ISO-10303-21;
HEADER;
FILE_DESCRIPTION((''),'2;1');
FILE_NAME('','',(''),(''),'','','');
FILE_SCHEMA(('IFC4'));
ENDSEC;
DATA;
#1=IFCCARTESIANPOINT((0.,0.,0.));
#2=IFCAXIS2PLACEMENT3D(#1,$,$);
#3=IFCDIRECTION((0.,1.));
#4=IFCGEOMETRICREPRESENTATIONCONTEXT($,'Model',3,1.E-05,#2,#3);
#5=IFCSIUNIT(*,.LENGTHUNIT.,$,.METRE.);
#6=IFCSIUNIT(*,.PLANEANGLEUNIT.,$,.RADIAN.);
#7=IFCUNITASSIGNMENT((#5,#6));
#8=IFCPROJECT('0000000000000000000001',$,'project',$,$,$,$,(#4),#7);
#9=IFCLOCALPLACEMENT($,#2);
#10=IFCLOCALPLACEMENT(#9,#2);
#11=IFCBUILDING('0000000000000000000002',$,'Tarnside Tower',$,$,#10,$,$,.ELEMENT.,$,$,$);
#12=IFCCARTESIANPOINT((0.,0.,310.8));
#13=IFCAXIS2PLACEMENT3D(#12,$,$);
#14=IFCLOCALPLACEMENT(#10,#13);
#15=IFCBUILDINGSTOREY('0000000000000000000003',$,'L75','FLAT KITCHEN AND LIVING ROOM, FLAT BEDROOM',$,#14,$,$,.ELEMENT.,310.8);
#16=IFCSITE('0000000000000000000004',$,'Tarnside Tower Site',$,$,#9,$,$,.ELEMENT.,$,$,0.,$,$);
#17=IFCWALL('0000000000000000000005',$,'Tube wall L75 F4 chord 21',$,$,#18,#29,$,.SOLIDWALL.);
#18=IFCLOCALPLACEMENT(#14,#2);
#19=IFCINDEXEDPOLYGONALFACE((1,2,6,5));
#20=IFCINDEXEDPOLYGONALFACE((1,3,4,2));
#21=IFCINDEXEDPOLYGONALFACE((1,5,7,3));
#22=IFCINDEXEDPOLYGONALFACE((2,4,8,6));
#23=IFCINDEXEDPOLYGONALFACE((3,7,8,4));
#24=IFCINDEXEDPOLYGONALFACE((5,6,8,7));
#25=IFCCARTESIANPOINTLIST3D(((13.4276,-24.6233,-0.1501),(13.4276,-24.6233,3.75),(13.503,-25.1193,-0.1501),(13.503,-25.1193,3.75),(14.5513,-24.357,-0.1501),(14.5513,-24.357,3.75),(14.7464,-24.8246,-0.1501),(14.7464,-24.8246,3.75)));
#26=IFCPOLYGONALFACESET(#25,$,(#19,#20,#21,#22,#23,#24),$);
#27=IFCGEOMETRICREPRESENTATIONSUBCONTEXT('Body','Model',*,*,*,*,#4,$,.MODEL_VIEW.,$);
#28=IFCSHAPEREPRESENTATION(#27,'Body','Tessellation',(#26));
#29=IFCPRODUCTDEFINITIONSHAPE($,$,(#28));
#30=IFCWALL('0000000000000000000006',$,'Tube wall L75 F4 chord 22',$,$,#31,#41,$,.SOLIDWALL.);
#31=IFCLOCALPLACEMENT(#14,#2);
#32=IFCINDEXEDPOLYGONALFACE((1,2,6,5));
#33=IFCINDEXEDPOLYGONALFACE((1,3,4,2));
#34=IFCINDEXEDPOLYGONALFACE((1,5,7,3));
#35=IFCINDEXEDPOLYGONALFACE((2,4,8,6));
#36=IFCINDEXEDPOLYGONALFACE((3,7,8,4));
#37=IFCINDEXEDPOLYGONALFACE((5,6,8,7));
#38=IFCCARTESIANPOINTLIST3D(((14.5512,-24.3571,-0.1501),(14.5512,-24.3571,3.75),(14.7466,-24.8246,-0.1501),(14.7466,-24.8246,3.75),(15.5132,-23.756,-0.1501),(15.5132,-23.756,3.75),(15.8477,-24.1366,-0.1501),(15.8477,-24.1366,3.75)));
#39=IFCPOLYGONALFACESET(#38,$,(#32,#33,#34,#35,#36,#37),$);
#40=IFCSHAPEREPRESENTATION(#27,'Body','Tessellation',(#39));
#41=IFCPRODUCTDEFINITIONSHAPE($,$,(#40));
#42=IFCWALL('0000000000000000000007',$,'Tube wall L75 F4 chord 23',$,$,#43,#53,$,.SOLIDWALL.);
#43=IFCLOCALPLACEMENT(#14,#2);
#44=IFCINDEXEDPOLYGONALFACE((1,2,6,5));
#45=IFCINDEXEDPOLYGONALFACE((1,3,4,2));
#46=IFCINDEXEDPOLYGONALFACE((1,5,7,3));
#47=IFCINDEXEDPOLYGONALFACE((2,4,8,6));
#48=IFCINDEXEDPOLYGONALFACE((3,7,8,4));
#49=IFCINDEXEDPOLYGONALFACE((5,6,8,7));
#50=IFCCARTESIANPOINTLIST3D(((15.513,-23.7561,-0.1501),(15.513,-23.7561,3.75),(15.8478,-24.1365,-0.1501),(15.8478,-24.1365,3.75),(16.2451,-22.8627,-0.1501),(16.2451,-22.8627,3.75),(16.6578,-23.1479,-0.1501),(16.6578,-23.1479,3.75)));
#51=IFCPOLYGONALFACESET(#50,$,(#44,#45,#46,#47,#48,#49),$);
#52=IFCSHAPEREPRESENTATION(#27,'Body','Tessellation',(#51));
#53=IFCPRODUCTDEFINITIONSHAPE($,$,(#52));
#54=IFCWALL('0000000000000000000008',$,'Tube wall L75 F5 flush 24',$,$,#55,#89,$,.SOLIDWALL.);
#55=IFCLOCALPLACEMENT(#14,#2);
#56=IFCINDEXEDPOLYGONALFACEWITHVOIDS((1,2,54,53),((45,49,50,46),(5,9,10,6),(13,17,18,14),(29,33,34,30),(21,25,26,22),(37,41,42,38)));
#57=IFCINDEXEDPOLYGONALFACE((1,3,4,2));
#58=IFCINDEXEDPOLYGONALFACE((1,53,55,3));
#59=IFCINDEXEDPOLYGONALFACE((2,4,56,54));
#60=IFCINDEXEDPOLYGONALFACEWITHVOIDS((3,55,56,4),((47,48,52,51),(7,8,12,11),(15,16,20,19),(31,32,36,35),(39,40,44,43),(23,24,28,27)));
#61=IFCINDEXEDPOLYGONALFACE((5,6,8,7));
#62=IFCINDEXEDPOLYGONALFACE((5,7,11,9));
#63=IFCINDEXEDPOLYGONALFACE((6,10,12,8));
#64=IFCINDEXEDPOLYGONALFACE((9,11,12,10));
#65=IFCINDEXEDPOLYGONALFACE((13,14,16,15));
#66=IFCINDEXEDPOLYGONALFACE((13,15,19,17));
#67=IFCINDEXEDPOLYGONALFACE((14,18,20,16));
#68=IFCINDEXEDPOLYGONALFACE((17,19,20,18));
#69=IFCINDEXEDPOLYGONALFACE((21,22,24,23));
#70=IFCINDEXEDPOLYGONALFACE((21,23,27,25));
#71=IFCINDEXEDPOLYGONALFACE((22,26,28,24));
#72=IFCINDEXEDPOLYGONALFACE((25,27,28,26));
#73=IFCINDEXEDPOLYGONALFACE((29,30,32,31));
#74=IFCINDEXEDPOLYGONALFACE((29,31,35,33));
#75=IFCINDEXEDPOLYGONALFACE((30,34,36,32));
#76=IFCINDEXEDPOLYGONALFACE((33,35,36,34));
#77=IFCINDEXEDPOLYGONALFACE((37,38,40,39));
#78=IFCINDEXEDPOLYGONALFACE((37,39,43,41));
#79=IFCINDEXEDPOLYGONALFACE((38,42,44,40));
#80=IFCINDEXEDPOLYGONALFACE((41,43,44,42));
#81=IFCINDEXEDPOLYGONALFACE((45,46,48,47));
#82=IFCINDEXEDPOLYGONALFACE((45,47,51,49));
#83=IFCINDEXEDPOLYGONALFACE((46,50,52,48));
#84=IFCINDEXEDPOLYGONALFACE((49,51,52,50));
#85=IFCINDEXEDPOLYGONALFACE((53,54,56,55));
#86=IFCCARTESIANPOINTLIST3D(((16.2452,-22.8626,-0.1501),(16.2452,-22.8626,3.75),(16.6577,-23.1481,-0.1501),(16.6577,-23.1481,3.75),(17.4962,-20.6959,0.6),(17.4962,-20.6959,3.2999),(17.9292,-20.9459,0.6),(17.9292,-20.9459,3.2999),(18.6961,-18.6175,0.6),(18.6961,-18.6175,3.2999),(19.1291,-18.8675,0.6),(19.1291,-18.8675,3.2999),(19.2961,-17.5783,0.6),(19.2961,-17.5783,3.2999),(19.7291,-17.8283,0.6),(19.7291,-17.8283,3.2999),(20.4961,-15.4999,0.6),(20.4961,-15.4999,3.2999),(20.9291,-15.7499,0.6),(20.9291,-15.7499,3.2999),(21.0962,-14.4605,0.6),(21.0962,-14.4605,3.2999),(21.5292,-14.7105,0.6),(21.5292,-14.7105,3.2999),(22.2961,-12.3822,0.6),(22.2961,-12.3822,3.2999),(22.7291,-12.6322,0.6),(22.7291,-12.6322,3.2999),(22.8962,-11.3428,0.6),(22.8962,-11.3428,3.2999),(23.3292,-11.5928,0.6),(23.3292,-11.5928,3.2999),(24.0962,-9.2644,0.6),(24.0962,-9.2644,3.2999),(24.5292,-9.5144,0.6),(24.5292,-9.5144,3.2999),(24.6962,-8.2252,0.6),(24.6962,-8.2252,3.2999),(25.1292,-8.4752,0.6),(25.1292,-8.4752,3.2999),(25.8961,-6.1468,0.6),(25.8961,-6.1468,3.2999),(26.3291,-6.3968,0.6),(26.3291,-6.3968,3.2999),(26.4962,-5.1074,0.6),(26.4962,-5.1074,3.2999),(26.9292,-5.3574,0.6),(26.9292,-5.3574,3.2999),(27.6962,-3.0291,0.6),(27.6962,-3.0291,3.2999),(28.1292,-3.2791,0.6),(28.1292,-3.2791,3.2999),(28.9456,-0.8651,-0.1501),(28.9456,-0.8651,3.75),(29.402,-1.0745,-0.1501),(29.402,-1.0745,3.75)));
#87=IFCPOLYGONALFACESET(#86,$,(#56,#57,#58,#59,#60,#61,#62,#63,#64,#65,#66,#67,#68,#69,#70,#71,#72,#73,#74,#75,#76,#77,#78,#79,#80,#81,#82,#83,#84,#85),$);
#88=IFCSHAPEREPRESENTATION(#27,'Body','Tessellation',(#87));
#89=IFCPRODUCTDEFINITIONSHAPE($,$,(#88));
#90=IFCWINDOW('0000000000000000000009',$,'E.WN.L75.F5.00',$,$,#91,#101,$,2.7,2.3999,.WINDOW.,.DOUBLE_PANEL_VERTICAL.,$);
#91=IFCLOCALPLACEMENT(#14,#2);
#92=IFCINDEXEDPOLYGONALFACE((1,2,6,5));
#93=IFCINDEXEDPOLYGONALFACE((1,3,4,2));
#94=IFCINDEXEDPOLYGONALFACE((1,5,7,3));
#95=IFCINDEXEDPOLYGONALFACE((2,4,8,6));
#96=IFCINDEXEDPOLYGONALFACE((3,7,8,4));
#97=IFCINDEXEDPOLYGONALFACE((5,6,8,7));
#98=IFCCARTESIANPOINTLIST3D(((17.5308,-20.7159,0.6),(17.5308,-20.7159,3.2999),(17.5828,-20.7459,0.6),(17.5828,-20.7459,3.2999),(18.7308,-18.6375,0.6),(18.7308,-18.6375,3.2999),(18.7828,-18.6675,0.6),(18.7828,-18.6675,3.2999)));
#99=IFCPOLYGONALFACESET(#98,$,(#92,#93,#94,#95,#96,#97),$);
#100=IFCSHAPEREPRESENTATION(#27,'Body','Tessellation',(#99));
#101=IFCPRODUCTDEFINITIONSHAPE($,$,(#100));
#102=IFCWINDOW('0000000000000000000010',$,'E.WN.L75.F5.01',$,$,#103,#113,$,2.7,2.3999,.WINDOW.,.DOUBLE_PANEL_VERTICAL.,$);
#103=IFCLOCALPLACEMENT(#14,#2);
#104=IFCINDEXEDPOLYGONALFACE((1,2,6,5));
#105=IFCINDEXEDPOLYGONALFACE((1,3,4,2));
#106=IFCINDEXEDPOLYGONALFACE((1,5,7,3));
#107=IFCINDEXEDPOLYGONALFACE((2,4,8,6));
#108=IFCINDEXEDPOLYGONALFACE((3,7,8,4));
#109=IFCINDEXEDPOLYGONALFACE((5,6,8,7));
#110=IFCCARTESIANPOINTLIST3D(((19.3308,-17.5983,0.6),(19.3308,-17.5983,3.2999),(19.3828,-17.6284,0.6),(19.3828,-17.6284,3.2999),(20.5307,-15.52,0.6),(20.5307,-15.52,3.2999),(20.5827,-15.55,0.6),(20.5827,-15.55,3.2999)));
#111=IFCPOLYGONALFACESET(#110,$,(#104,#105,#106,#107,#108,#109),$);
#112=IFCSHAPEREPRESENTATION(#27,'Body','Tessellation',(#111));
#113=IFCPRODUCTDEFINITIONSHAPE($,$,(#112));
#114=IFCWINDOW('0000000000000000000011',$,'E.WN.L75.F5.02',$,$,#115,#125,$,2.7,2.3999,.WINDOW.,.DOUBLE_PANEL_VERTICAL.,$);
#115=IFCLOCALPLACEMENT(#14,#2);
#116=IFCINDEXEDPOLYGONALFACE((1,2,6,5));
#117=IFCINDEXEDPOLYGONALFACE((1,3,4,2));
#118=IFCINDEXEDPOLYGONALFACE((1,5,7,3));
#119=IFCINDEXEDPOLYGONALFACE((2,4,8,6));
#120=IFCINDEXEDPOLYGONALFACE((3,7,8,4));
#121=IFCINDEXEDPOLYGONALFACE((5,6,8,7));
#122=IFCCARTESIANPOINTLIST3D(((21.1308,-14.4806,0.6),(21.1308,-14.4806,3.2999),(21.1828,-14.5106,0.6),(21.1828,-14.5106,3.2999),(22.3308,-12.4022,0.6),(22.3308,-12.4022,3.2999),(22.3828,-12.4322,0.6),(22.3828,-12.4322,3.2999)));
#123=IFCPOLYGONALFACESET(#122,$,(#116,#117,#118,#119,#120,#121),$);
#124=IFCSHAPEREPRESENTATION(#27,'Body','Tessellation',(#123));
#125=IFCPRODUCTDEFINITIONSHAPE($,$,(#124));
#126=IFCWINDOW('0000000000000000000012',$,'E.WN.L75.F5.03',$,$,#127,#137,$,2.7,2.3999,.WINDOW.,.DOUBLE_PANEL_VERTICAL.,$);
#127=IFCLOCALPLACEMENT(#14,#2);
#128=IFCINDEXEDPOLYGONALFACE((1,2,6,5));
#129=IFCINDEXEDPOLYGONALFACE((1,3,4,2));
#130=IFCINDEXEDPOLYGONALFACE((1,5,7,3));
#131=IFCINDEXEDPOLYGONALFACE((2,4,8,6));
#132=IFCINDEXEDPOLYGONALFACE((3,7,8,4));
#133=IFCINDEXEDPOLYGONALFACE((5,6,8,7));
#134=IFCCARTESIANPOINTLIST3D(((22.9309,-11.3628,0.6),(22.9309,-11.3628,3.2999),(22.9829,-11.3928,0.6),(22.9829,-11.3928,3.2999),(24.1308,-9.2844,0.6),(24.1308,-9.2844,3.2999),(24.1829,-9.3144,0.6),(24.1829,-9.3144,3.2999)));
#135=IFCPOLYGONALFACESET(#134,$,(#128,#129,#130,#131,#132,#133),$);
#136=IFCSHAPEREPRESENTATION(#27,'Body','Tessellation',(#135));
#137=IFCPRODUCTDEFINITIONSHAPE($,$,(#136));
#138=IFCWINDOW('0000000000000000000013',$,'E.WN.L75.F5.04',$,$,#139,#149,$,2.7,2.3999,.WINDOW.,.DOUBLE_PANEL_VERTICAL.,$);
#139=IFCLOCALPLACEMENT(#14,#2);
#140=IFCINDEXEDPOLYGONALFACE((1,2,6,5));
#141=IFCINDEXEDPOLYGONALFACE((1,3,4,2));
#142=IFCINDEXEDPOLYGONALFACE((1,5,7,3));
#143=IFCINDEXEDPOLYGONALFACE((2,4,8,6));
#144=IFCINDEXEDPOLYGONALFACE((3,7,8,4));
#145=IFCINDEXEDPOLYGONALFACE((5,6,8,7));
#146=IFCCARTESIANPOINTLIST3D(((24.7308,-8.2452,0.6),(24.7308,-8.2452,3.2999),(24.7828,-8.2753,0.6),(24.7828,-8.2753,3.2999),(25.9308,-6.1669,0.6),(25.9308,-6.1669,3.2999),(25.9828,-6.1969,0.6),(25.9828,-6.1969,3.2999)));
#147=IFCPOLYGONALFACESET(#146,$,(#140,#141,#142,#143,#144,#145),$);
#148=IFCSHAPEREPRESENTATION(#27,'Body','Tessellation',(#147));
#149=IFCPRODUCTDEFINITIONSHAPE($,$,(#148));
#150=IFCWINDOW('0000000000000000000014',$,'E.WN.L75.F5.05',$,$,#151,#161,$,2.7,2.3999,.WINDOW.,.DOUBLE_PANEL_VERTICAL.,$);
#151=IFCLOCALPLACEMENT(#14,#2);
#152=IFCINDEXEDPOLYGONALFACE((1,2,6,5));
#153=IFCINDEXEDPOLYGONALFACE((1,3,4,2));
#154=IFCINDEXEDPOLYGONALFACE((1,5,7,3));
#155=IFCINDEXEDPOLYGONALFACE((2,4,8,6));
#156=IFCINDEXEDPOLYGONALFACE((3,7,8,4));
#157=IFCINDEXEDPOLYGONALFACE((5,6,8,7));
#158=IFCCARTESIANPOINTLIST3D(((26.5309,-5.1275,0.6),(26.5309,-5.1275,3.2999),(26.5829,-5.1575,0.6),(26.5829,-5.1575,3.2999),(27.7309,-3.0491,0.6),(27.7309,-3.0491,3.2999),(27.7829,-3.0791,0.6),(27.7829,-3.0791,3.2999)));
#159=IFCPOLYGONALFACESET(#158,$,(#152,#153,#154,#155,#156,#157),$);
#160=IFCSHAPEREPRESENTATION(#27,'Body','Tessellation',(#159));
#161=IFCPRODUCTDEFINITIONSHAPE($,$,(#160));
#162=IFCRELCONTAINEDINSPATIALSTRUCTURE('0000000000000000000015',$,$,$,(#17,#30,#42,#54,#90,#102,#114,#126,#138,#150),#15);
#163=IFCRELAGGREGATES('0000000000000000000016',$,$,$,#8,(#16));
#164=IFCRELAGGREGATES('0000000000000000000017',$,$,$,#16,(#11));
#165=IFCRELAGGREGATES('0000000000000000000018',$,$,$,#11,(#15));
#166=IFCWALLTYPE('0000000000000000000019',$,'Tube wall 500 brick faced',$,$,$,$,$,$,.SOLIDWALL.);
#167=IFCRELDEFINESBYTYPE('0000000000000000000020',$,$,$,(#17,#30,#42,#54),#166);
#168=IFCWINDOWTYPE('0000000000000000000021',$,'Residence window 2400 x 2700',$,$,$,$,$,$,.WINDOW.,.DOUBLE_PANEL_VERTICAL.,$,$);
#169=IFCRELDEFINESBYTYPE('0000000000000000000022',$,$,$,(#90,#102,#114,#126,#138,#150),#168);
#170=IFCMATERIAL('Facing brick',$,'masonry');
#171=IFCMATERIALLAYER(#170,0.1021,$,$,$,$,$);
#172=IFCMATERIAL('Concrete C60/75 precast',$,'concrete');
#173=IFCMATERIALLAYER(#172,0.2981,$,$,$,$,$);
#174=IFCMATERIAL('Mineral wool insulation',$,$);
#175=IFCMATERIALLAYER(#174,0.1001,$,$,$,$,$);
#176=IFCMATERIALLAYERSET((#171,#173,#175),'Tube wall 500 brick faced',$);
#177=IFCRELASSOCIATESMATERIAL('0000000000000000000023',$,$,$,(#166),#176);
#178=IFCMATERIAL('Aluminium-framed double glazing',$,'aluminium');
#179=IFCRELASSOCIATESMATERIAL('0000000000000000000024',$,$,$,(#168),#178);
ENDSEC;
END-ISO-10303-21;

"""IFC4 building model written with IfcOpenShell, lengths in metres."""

from ifc_helpers import new_model, si_unit, direction, frame, frame_2d, origin, place, context, subcontext, project, spatial, polyline, rectangle, outline, extrude, material, layer, layer_set, type_object, element, fill, save


model = new_model("IFC4")

# Units and contexts
model_context = context("Model", 3, precision=1e-05, world=origin(), true_north=direction((0.0, 1.0)))
body_context = subcontext(model_context, "Body", "Model", "MODEL_VIEW")
ifc_project = project(units=[si_unit("LENGTHUNIT", "METRE"), si_unit("PLANEANGLEUNIT", "RADIAN")], contexts=[model_context])

# Site, building, storey
site_placement = place(None, origin())
site = spatial("IfcSite", under=ifc_project, at=site_placement, Name="Tarnside Tower Site", CompositionType="ELEMENT", RefElevation=0.0)
building_placement = place(site_placement, origin())
building = spatial("IfcBuilding", under=site, at=building_placement, Name="Tarnside Tower", CompositionType="ELEMENT")
storey_placement = place(building_placement, frame((0.0, 0.0, 310.8)))
storey = spatial("IfcBuildingStorey", under=building, at=storey_placement, Name="L75", Description="FLAT KITCHEN AND LIVING ROOM, FLAT BEDROOM", CompositionType="ELEMENT", Elevation=310.8)

# Walls
ifc_material_1 = material(Name="Facing brick", Category="masonry")
ifc_layer_1 = layer(ifc_material_1, 0.1021)
ifc_material_2 = material(Name="Concrete C60/75 precast", Category="concrete")
ifc_layer_2 = layer(ifc_material_2, 0.2981)
ifc_material_3 = material(Name="Mineral wool insulation")
ifc_layer_3 = layer(ifc_material_3, 0.1001)
ifc_layer_set_1 = layer_set([ifc_layer_1, ifc_layer_2, ifc_layer_3], Name="Tube wall 500 brick faced")
wall_type_1 = type_object("IfcWallType", Name="Tube wall 500 brick faced", PredefinedType="SOLIDWALL", material=ifc_layer_set_1)
wall_1_placement = place(storey_placement, frame((13.4653, -24.8713, -0.1501), z_axis=(0.0, 0.0, 1.0), x_axis=(0.973045, 0.230616, 0.0)))
element("IfcWall", 1, at=wall_1_placement, inside=storey, type_object=wall_type_1, Name="Tube wall L75 F4 chord 21", PredefinedType="SOLIDWALL", context=body_context, shape_type="SweptSolid", body=[
    extrude(outline(polyline([(-0.0205, -0.25), (1.2573, -0.25), (1.1753, 0.25), (0.0205, 0.25), (-0.0205, -0.25)])), origin(), (0.0, 0.0, 1.0), 3.9001),
])
wall_2_placement = place(storey_placement, frame((14.6489, -24.5908, -0.1501), z_axis=(0.0, 0.0, 1.0), x_axis=(0.848055, 0.529909, 0.0)))
element("IfcWall", 2, at=wall_2_placement, inside=storey, type_object=wall_type_1, Name="Tube wall L75 F4 chord 22", PredefinedType="SOLIDWALL", context=body_context, shape_type="SweptSolid", body=[
    extrude(outline(polyline([(-0.041, -0.25), (1.2573, -0.25), (1.1753, 0.25), (0.041, 0.25), (-0.041, -0.25)])), origin(), (0.0, 0.0, 1.0), 3.9001),
])
wall_3_placement = place(storey_placement, frame((15.6804, -23.9463, -0.1501), z_axis=(0.0, 0.0, 1.0), x_axis=(0.633806, 0.773492, 0.0)))
element("IfcWall", 3, at=wall_3_placement, inside=storey, type_object=wall_type_1, Name="Tube wall L75 F4 chord 23", PredefinedType="SOLIDWALL", context=body_context, shape_type="SweptSolid", body=[
    extrude(outline(polyline([(-0.041, -0.25), (1.2371, -0.25), (1.196, 0.25), (0.041, 0.25), (-0.041, -0.25)])), origin(), (0.0, 0.0, 1.0), 3.9001),
])

# Wall, openings, windows
wall_4_placement = place(storey_placement, frame((16.4514, -23.0054, -0.1501), z_axis=(0.0, 0.0, 1.0), x_axis=(0.500004, 0.866023, 0.0)))
wall_4 = element("IfcWall", 4, at=wall_4_placement, inside=storey, type_object=wall_type_1, Name="Tube wall L75 F5 flush 24", PredefinedType="SOLIDWALL", context=body_context, shape_type="SweptSolid", body=[
    extrude(outline(polyline([(-0.0205, -0.25), (25.468, -0.25), (25.4211, 0.25), (0.0205, 0.25), (-0.0205, -0.25)])), origin(), (0.0, 0.0, 1.0), 3.9001),
])
opening_1_placement = place(wall_4_placement, frame((2.5225, 0.0, 0.75)))
opening_1 = element("IfcOpeningElement", 5, at=opening_1_placement, cuts=wall_4, PredefinedType="OPENING", context=body_context, shape_type="SweptSolid", body=[
    extrude(rectangle(XDim=2.3999, YDim=2.7, at=frame_2d((1.2, 1.3501))), frame((0.0, 0.26, 0.0), z_axis=(0.0, -1.0, 0.0), x_axis=(1.0, 0.0, 0.0)), (0.0, 0.0, 1.0), 0.52),
])
opening_2_placement = place(wall_4_placement, frame((6.1223, 0.0, 0.75)))
opening_2 = element("IfcOpeningElement", 6, at=opening_2_placement, cuts=wall_4, PredefinedType="OPENING", context=body_context, shape_type="SweptSolid", body=[
    extrude(rectangle(XDim=2.3999, YDim=2.7, at=frame_2d((1.2, 1.3501))), frame((0.0, 0.26, 0.0), z_axis=(0.0, -1.0, 0.0), x_axis=(1.0, 0.0, 0.0)), (0.0, 0.0, 1.0), 0.52),
])
opening_3_placement = place(wall_4_placement, frame((9.7224, 0.0, 0.75)))
opening_3 = element("IfcOpeningElement", 7, at=opening_3_placement, cuts=wall_4, PredefinedType="OPENING", context=body_context, shape_type="SweptSolid", body=[
    extrude(rectangle(XDim=2.3999, YDim=2.7, at=frame_2d((1.2, 1.3501))), frame((0.0, 0.26, 0.0), z_axis=(0.0, -1.0, 0.0), x_axis=(1.0, 0.0, 0.0)), (0.0, 0.0, 1.0), 0.52),
])
opening_4_placement = place(wall_4_placement, frame((13.3225, 0.0, 0.75)))
opening_4 = element("IfcOpeningElement", 8, at=opening_4_placement, cuts=wall_4, PredefinedType="OPENING", context=body_context, shape_type="SweptSolid", body=[
    extrude(rectangle(XDim=2.3999, YDim=2.7, at=frame_2d((1.2, 1.3501))), frame((0.0, 0.26, 0.0), z_axis=(0.0, -1.0, 0.0), x_axis=(1.0, 0.0, 0.0)), (0.0, 0.0, 1.0), 0.52),
])
opening_5_placement = place(wall_4_placement, frame((16.9224, 0.0, 0.75)))
opening_5 = element("IfcOpeningElement", 9, at=opening_5_placement, cuts=wall_4, PredefinedType="OPENING", context=body_context, shape_type="SweptSolid", body=[
    extrude(rectangle(XDim=2.3999, YDim=2.7, at=frame_2d((1.2, 1.3501))), frame((0.0, 0.26, 0.0), z_axis=(0.0, -1.0, 0.0), x_axis=(1.0, 0.0, 0.0)), (0.0, 0.0, 1.0), 0.52),
])
opening_6_placement = place(wall_4_placement, frame((20.5225, 0.0, 0.75)))
opening_6 = element("IfcOpeningElement", 10, at=opening_6_placement, cuts=wall_4, PredefinedType="OPENING", context=body_context, shape_type="SweptSolid", body=[
    extrude(rectangle(XDim=2.3999, YDim=2.7, at=frame_2d((1.2, 1.3501))), frame((0.0, 0.26, 0.0), z_axis=(0.0, -1.0, 0.0), x_axis=(1.0, 0.0, 0.0)), (0.0, 0.0, 1.0), 0.52),
])
ifc_material_4 = material(Name="Aluminium-framed double glazing", Category="aluminium")
window_type = type_object("IfcWindowType", Name="Residence window 2400 x 2700", PartitioningType="DOUBLE_PANEL_VERTICAL", PredefinedType="WINDOW", material=ifc_material_4)
window_1_placement = place(opening_1_placement, frame((0.0, 0.1799, 0.0)))
window_1 = element("IfcWindow", 11, at=window_1_placement, inside=storey, type_object=window_type, Name="E.WN.L75.F5.00", OverallHeight=2.7, OverallWidth=2.3999, PartitioningType="DOUBLE_PANEL_VERTICAL", PredefinedType="WINDOW", context=body_context, shape_type="SweptSolid", body=[
    extrude(rectangle(XDim=2.3999, YDim=2.7, at=frame_2d((1.2, 1.3501))), frame((0.0, 0.03, 0.0), z_axis=(0.0, -1.0, 0.0), x_axis=(1.0, 0.0, 0.0)), (0.0, 0.0, 1.0), 0.0601),
])
fill(opening_1, window_1)
window_2_placement = place(opening_2_placement, frame((0.0, 0.1799, 0.0)))
window_2 = element("IfcWindow", 12, at=window_2_placement, inside=storey, type_object=window_type, Name="E.WN.L75.F5.01", OverallHeight=2.7, OverallWidth=2.3999, PartitioningType="DOUBLE_PANEL_VERTICAL", PredefinedType="WINDOW", context=body_context, shape_type="SweptSolid", body=[
    extrude(rectangle(XDim=2.3999, YDim=2.7, at=frame_2d((1.2, 1.3501))), frame((0.0, 0.03, 0.0), z_axis=(0.0, -1.0, 0.0), x_axis=(1.0, 0.0, 0.0)), (0.0, 0.0, 1.0), 0.0601),
])
fill(opening_2, window_2)
window_3_placement = place(opening_3_placement, frame((0.0, 0.1799, 0.0)))
window_3 = element("IfcWindow", 13, at=window_3_placement, inside=storey, type_object=window_type, Name="E.WN.L75.F5.02", OverallHeight=2.7, OverallWidth=2.3999, PartitioningType="DOUBLE_PANEL_VERTICAL", PredefinedType="WINDOW", context=body_context, shape_type="SweptSolid", body=[
    extrude(rectangle(XDim=2.3999, YDim=2.7, at=frame_2d((1.2, 1.3501))), frame((0.0, 0.03, 0.0), z_axis=(0.0, -1.0, 0.0), x_axis=(1.0, 0.0, 0.0)), (0.0, 0.0, 1.0), 0.0601),
])
fill(opening_3, window_3)
window_4_placement = place(opening_4_placement, frame((0.0, 0.1799, 0.0)))
window_4 = element("IfcWindow", 14, at=window_4_placement, inside=storey, type_object=window_type, Name="E.WN.L75.F5.03", OverallHeight=2.7, OverallWidth=2.3999, PartitioningType="DOUBLE_PANEL_VERTICAL", PredefinedType="WINDOW", context=body_context, shape_type="SweptSolid", body=[
    extrude(rectangle(XDim=2.3999, YDim=2.7, at=frame_2d((1.2, 1.3501))), frame((0.0, 0.03, 0.0), z_axis=(0.0, -1.0, 0.0), x_axis=(1.0, 0.0, 0.0)), (0.0, 0.0, 1.0), 0.0601),
])
fill(opening_4, window_4)
window_5_placement = place(opening_5_placement, frame((0.0, 0.1799, 0.0)))
window_5 = element("IfcWindow", 15, at=window_5_placement, inside=storey, type_object=window_type, Name="E.WN.L75.F5.04", OverallHeight=2.7, OverallWidth=2.3999, PartitioningType="DOUBLE_PANEL_VERTICAL", PredefinedType="WINDOW", context=body_context, shape_type="SweptSolid", body=[
    extrude(rectangle(XDim=2.3999, YDim=2.7, at=frame_2d((1.2, 1.3501))), frame((0.0, 0.03, 0.0), z_axis=(0.0, -1.0, 0.0), x_axis=(1.0, 0.0, 0.0)), (0.0, 0.0, 1.0), 0.0601),
])
fill(opening_5, window_5)
window_6_placement = place(opening_6_placement, frame((0.0, 0.1799, 0.0)))
window_6 = element("IfcWindow", 16, at=window_6_placement, inside=storey, type_object=window_type, Name="E.WN.L75.F5.05", OverallHeight=2.7, OverallWidth=2.3999, PartitioningType="DOUBLE_PANEL_VERTICAL", PredefinedType="WINDOW", context=body_context, shape_type="SweptSolid", body=[
    extrude(rectangle(XDim=2.3999, YDim=2.7, at=frame_2d((1.2, 1.3501))), frame((0.0, 0.03, 0.0), z_axis=(0.0, -1.0, 0.0), x_axis=(1.0, 0.0, 0.0)), (0.0, 0.0, 1.0), 0.0601),
])
fill(opening_6, window_6)

save(model, "model.ifc")
